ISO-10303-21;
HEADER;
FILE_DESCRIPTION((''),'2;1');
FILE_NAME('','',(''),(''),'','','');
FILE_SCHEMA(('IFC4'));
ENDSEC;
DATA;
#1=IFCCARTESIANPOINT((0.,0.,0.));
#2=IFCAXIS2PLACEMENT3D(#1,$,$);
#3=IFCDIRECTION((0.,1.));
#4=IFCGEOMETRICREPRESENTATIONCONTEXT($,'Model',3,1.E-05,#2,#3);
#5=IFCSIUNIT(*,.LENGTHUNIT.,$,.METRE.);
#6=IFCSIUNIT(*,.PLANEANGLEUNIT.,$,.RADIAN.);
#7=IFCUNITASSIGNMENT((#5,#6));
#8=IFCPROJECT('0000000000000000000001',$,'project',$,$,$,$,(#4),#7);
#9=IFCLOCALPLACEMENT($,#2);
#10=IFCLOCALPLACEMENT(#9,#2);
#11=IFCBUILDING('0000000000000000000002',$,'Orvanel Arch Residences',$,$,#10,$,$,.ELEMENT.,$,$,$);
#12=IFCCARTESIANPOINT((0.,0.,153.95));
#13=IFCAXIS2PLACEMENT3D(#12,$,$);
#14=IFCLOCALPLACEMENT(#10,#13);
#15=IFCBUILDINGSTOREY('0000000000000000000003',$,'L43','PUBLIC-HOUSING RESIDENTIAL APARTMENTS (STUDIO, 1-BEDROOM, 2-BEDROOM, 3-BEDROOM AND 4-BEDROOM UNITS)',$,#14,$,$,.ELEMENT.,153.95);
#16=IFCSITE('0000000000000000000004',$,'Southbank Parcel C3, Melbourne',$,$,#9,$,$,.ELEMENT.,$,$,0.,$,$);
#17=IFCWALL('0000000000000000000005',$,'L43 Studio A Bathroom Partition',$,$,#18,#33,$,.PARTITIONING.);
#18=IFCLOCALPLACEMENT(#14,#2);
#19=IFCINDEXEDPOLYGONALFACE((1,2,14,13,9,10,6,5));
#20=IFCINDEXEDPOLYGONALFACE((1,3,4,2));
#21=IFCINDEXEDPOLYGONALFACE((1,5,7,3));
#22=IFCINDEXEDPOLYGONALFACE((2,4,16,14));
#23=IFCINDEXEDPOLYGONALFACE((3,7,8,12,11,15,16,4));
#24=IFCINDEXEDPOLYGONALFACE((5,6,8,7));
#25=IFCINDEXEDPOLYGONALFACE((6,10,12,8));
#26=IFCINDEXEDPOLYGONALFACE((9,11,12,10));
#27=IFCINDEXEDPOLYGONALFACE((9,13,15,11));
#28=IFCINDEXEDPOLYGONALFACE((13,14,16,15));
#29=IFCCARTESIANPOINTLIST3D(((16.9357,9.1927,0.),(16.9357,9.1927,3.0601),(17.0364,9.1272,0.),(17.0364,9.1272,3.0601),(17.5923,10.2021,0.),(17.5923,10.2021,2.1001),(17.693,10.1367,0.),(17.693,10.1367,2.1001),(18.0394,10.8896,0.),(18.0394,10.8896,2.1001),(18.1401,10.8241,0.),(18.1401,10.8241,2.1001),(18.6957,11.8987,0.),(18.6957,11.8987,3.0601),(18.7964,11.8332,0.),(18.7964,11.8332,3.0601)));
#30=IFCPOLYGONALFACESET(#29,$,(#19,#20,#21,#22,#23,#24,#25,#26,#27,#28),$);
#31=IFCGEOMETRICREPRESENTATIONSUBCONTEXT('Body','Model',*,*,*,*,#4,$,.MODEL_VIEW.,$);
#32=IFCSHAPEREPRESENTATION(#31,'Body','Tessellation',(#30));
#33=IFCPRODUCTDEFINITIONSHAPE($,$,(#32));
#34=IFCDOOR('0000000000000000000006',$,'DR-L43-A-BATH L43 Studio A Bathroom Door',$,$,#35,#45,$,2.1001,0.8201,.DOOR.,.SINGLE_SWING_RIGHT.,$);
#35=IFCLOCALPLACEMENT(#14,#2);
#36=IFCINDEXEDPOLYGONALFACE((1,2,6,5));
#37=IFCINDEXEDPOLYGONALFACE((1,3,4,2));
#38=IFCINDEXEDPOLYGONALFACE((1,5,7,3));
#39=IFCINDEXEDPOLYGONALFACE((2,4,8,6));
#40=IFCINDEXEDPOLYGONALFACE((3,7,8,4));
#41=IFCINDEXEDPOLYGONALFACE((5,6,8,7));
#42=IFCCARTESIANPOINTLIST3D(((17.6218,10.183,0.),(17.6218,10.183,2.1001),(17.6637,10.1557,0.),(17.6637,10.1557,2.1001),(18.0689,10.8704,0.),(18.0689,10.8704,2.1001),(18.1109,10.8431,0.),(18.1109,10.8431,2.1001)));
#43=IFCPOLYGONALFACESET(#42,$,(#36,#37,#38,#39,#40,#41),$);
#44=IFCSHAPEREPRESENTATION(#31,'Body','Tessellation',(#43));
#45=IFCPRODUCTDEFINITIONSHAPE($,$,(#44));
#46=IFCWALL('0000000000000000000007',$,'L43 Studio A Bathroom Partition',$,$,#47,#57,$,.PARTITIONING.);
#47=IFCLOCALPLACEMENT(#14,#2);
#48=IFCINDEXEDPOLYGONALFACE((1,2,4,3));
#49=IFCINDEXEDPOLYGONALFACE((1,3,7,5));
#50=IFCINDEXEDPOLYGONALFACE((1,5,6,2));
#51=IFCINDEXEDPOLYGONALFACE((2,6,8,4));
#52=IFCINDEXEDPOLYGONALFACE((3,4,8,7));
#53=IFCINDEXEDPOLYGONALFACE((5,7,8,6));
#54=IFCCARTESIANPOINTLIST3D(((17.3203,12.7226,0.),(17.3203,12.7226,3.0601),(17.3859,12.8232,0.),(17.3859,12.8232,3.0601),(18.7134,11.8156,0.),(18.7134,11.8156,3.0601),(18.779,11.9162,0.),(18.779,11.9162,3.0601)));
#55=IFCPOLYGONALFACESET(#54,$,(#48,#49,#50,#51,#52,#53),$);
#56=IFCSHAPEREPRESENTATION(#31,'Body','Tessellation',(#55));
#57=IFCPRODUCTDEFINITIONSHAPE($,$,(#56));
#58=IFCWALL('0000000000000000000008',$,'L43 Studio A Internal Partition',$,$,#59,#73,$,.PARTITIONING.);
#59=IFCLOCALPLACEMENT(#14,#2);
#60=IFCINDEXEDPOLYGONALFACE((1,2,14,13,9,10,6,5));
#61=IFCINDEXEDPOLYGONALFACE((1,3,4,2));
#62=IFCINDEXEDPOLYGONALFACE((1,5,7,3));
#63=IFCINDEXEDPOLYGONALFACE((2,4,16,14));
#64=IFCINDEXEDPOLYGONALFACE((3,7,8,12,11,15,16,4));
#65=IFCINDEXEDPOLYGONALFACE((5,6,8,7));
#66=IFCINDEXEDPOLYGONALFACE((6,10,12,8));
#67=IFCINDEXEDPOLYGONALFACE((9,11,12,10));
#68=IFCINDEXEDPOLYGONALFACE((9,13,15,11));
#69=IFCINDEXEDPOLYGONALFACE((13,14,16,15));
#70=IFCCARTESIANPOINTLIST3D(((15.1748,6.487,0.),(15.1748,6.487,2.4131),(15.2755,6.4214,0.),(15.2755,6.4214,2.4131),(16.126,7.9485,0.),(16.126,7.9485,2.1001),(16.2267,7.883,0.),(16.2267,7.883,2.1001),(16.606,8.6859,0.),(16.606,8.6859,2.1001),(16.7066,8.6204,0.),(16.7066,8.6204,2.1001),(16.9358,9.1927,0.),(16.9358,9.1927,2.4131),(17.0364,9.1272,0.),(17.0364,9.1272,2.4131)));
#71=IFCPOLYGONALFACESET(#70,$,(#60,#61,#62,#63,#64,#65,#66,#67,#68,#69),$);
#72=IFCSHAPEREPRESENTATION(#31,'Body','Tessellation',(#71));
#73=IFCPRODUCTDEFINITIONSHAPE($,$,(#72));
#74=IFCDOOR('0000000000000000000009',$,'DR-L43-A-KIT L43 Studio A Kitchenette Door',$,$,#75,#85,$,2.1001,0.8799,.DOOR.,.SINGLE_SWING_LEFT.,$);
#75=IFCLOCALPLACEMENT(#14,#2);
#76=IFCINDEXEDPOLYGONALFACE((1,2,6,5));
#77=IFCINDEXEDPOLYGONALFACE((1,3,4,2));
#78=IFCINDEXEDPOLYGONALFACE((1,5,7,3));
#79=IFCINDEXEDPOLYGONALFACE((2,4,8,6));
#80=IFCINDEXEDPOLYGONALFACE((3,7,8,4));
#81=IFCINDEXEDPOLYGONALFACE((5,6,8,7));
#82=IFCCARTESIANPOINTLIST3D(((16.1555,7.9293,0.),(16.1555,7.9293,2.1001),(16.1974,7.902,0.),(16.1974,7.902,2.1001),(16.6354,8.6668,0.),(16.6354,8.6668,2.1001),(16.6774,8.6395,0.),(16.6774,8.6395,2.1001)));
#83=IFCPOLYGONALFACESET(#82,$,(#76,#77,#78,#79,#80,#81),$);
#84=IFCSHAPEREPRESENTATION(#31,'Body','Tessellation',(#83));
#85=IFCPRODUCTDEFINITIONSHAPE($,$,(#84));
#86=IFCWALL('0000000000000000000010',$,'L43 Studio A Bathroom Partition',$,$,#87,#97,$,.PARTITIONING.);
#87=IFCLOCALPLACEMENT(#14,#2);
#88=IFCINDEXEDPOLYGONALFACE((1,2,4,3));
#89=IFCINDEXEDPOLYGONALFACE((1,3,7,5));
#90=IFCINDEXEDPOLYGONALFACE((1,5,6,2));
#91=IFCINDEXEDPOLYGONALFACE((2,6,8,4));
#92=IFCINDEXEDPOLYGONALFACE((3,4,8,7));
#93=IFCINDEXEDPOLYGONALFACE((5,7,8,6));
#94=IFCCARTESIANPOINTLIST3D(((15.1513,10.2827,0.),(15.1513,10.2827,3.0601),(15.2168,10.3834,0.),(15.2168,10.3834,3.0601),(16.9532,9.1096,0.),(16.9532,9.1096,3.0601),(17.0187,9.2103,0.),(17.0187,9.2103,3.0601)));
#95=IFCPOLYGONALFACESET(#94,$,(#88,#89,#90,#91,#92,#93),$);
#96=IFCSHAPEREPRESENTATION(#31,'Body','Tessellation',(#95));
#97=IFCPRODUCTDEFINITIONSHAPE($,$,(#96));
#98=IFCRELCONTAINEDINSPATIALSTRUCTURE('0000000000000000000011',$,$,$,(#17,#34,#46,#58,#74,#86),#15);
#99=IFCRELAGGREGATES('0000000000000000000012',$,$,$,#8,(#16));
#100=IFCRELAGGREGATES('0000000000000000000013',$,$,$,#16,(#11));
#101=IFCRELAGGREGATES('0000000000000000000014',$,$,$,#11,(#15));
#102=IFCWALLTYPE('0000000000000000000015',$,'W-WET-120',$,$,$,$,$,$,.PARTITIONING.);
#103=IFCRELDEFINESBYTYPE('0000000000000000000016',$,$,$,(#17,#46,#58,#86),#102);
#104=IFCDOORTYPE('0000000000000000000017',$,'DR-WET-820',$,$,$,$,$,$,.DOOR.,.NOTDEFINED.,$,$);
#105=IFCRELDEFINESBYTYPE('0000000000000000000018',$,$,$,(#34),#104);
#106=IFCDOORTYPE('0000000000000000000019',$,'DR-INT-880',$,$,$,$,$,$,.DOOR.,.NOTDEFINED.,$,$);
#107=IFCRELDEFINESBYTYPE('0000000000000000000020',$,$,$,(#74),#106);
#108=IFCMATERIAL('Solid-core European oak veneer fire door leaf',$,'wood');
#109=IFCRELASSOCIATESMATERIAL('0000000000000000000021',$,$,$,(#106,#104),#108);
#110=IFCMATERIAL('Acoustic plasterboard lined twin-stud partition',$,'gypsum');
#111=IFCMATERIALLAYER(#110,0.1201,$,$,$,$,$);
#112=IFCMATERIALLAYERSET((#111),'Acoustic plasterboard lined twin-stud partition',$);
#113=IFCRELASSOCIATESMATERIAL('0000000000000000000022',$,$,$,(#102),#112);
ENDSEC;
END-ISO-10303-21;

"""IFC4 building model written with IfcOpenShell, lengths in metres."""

from ifc_helpers import new_model, si_unit, direction, frame, frame_2d, origin, place, context, subcontext, project, spatial, rectangle, extrude, material, layer, layer_set, type_object, element, fill, save


model = new_model("IFC4")

# Units and contexts
model_context = context("Model", 3, precision=1e-05, world=origin(), true_north=direction((0.0, 1.0)))
body_context = subcontext(model_context, "Body", "Model", "MODEL_VIEW")
ifc_project = project(units=[si_unit("LENGTHUNIT", "METRE"), si_unit("PLANEANGLEUNIT", "RADIAN")], contexts=[model_context])

# Site, building, storey
site_placement = place(None, origin())
site = spatial("IfcSite", under=ifc_project, at=site_placement, Name="Southbank Parcel C3, Melbourne", CompositionType="ELEMENT", RefElevation=0.0)
building_placement = place(site_placement, origin())
building = spatial("IfcBuilding", under=site, at=building_placement, Name="Orvanel Arch Residences", CompositionType="ELEMENT")
storey_placement = place(building_placement, frame((0.0, 0.0, 153.95)))
storey = spatial("IfcBuildingStorey", under=building, at=storey_placement, Name="L43", Description="PUBLIC-HOUSING RESIDENTIAL APARTMENTS (STUDIO, 1-BEDROOM, 2-BEDROOM, 3-BEDROOM AND 4-BEDROOM UNITS)", CompositionType="ELEMENT", Elevation=153.95)

# Shared definitions
ifc_material_1 = material(Name="Solid-core European oak veneer fire door leaf", Category="wood")
door_type_1 = type_object("IfcDoorType", Name="DR-INT-880", OperationType="NOTDEFINED", PredefinedType="DOOR", material=ifc_material_1)

# Wall, opening, door
ifc_material_2 = material(Name="Acoustic plasterboard lined twin-stud partition", Category="gypsum")
ifc_layer_1 = layer(ifc_material_2, 0.1201)
ifc_layer_set_1 = layer_set([ifc_layer_1], Name="Acoustic plasterboard lined twin-stud partition")
wall_type_1 = type_object("IfcWallType", Name="W-WET-120", PredefinedType="PARTITIONING", material=ifc_layer_set_1)
wall_1_placement = place(storey_placement, frame((16.9861, 9.1599, 0.0), z_axis=(0.0, 0.0, 1.0), x_axis=(0.545222, 0.838292, 0.0)))
wall_1 = element("IfcWall", 1, at=wall_1_placement, inside=storey, type_object=wall_type_1, Name="L43 Studio A Bathroom Partition", PredefinedType="PARTITIONING", context=body_context, shape_type="SweptSolid", body=[
    extrude(rectangle(XDim=3.228, YDim=0.1201, at=frame_2d((1.614, 0.0))), origin(), (0.0, 0.0, 1.0), 3.0601),
])
opening_1_placement = place(wall_1_placement, frame((1.2041, 0.0, 0.0)))
opening_1 = element("IfcOpeningElement", 2, at=opening_1_placement, cuts=wall_1, PredefinedType="OPENING", context=body_context, shape_type="SweptSolid", body=[
    extrude(rectangle(XDim=0.8201, YDim=2.1001, at=frame_2d((0.4102, 1.05))), frame((0.0, 0.0701, 0.0), z_axis=(0.0, -1.0, 0.0), x_axis=(1.0, 0.0, 0.0)), (0.0, 0.0, 1.0), 0.1401),
])
door_type_2 = type_object("IfcDoorType", Name="DR-WET-820", OperationType="NOTDEFINED", PredefinedType="DOOR", material=ifc_material_1)
door_1_placement = place(opening_1_placement, origin())
door_1 = element("IfcDoor", 3, at=door_1_placement, inside=storey, type_object=door_type_2, Name="DR-L43-A-BATH L43 Studio A Bathroom Door", OperationType="SINGLE_SWING_RIGHT", OverallHeight=2.1001, OverallWidth=0.8201, PredefinedType="DOOR", context=body_context, shape_type="SweptSolid", body=[
    extrude(rectangle(XDim=0.8201, YDim=2.1001, at=frame_2d((0.4102, 1.05))), frame((0.0, 0.0249, 0.0), z_axis=(0.0, -1.0, 0.0), x_axis=(1.0, 0.0, 0.0)), (0.0, 0.0, 1.0), 0.05),
])
fill(opening_1, door_1)

# Wall
wall_2_placement = place(storey_placement, frame((18.7461, 11.866, 0.0), z_axis=(0.0, 0.0, 1.0), x_axis=(-0.838034, 0.545618, 0.0)))
element("IfcWall", 4, at=wall_2_placement, inside=storey, type_object=wall_type_1, Name="L43 Studio A Bathroom Partition", PredefinedType="PARTITIONING", context=body_context, shape_type="SweptSolid", body=[
    extrude(rectangle(XDim=1.6624, YDim=0.1201, at=frame_2d((0.8311, 0.0))), origin(), (0.0, 0.0, 1.0), 3.0601),
])

# Wall, opening, door
wall_3_placement = place(storey_placement, frame((15.2251, 6.4541, 0.0), z_axis=(0.0, 0.0, 1.0), x_axis=(0.545469, 0.838131, 0.0)))
wall_3 = element("IfcWall", 5, at=wall_3_placement, inside=storey, type_object=wall_type_1, Name="L43 Studio A Internal Partition", PredefinedType="PARTITIONING", context=body_context, shape_type="SweptSolid", body=[
    extrude(rectangle(XDim=3.2283, YDim=0.1201, at=frame_2d((1.6143, 0.0))), origin(), (0.0, 0.0, 1.0), 2.4131),
])
opening_2_placement = place(wall_3_placement, frame((1.7439, 0.0, 0.0)))
opening_2 = element("IfcOpeningElement", 6, at=opening_2_placement, cuts=wall_3, PredefinedType="OPENING", context=body_context, shape_type="SweptSolid", body=[
    extrude(rectangle(XDim=0.8799, YDim=2.1001, at=frame_2d((0.4399, 1.05))), frame((0.0, 0.0701, 0.0), z_axis=(0.0, -1.0, 0.0), x_axis=(1.0, 0.0, 0.0)), (0.0, 0.0, 1.0), 0.1401),
])
door_2_placement = place(opening_2_placement, origin())
door_2 = element("IfcDoor", 7, at=door_2_placement, inside=storey, type_object=door_type_1, Name="DR-L43-A-KIT L43 Studio A Kitchenette Door", OperationType="SINGLE_SWING_LEFT", OverallHeight=2.1001, OverallWidth=0.8799, PredefinedType="DOOR", context=body_context, shape_type="SweptSolid", body=[
    extrude(rectangle(XDim=0.8799, YDim=2.1001, at=frame_2d((0.4399, 1.05))), frame((0.0, 0.0249, 0.0), z_axis=(0.0, -1.0, 0.0), x_axis=(1.0, 0.0, 0.0)), (0.0, 0.0, 1.0), 0.05),
])
fill(opening_2, door_2)

# Wall
wall_4_placement = place(storey_placement, frame((16.9861, 9.1599, 0.0), z_axis=(0.0, 0.0, 1.0), x_axis=(-0.838062, 0.545575, 0.0)))
element("IfcWall", 8, at=wall_4_placement, inside=storey, type_object=wall_type_1, Name="L43 Studio A Bathroom Partition", PredefinedType="PARTITIONING", context=body_context, shape_type="SweptSolid", body=[
    extrude(rectangle(XDim=2.1501, YDim=0.1201, at=frame_2d((1.0752, 0.0))), origin(), (0.0, 0.0, 1.0), 3.0601),
])

save(model, "model.ifc")
